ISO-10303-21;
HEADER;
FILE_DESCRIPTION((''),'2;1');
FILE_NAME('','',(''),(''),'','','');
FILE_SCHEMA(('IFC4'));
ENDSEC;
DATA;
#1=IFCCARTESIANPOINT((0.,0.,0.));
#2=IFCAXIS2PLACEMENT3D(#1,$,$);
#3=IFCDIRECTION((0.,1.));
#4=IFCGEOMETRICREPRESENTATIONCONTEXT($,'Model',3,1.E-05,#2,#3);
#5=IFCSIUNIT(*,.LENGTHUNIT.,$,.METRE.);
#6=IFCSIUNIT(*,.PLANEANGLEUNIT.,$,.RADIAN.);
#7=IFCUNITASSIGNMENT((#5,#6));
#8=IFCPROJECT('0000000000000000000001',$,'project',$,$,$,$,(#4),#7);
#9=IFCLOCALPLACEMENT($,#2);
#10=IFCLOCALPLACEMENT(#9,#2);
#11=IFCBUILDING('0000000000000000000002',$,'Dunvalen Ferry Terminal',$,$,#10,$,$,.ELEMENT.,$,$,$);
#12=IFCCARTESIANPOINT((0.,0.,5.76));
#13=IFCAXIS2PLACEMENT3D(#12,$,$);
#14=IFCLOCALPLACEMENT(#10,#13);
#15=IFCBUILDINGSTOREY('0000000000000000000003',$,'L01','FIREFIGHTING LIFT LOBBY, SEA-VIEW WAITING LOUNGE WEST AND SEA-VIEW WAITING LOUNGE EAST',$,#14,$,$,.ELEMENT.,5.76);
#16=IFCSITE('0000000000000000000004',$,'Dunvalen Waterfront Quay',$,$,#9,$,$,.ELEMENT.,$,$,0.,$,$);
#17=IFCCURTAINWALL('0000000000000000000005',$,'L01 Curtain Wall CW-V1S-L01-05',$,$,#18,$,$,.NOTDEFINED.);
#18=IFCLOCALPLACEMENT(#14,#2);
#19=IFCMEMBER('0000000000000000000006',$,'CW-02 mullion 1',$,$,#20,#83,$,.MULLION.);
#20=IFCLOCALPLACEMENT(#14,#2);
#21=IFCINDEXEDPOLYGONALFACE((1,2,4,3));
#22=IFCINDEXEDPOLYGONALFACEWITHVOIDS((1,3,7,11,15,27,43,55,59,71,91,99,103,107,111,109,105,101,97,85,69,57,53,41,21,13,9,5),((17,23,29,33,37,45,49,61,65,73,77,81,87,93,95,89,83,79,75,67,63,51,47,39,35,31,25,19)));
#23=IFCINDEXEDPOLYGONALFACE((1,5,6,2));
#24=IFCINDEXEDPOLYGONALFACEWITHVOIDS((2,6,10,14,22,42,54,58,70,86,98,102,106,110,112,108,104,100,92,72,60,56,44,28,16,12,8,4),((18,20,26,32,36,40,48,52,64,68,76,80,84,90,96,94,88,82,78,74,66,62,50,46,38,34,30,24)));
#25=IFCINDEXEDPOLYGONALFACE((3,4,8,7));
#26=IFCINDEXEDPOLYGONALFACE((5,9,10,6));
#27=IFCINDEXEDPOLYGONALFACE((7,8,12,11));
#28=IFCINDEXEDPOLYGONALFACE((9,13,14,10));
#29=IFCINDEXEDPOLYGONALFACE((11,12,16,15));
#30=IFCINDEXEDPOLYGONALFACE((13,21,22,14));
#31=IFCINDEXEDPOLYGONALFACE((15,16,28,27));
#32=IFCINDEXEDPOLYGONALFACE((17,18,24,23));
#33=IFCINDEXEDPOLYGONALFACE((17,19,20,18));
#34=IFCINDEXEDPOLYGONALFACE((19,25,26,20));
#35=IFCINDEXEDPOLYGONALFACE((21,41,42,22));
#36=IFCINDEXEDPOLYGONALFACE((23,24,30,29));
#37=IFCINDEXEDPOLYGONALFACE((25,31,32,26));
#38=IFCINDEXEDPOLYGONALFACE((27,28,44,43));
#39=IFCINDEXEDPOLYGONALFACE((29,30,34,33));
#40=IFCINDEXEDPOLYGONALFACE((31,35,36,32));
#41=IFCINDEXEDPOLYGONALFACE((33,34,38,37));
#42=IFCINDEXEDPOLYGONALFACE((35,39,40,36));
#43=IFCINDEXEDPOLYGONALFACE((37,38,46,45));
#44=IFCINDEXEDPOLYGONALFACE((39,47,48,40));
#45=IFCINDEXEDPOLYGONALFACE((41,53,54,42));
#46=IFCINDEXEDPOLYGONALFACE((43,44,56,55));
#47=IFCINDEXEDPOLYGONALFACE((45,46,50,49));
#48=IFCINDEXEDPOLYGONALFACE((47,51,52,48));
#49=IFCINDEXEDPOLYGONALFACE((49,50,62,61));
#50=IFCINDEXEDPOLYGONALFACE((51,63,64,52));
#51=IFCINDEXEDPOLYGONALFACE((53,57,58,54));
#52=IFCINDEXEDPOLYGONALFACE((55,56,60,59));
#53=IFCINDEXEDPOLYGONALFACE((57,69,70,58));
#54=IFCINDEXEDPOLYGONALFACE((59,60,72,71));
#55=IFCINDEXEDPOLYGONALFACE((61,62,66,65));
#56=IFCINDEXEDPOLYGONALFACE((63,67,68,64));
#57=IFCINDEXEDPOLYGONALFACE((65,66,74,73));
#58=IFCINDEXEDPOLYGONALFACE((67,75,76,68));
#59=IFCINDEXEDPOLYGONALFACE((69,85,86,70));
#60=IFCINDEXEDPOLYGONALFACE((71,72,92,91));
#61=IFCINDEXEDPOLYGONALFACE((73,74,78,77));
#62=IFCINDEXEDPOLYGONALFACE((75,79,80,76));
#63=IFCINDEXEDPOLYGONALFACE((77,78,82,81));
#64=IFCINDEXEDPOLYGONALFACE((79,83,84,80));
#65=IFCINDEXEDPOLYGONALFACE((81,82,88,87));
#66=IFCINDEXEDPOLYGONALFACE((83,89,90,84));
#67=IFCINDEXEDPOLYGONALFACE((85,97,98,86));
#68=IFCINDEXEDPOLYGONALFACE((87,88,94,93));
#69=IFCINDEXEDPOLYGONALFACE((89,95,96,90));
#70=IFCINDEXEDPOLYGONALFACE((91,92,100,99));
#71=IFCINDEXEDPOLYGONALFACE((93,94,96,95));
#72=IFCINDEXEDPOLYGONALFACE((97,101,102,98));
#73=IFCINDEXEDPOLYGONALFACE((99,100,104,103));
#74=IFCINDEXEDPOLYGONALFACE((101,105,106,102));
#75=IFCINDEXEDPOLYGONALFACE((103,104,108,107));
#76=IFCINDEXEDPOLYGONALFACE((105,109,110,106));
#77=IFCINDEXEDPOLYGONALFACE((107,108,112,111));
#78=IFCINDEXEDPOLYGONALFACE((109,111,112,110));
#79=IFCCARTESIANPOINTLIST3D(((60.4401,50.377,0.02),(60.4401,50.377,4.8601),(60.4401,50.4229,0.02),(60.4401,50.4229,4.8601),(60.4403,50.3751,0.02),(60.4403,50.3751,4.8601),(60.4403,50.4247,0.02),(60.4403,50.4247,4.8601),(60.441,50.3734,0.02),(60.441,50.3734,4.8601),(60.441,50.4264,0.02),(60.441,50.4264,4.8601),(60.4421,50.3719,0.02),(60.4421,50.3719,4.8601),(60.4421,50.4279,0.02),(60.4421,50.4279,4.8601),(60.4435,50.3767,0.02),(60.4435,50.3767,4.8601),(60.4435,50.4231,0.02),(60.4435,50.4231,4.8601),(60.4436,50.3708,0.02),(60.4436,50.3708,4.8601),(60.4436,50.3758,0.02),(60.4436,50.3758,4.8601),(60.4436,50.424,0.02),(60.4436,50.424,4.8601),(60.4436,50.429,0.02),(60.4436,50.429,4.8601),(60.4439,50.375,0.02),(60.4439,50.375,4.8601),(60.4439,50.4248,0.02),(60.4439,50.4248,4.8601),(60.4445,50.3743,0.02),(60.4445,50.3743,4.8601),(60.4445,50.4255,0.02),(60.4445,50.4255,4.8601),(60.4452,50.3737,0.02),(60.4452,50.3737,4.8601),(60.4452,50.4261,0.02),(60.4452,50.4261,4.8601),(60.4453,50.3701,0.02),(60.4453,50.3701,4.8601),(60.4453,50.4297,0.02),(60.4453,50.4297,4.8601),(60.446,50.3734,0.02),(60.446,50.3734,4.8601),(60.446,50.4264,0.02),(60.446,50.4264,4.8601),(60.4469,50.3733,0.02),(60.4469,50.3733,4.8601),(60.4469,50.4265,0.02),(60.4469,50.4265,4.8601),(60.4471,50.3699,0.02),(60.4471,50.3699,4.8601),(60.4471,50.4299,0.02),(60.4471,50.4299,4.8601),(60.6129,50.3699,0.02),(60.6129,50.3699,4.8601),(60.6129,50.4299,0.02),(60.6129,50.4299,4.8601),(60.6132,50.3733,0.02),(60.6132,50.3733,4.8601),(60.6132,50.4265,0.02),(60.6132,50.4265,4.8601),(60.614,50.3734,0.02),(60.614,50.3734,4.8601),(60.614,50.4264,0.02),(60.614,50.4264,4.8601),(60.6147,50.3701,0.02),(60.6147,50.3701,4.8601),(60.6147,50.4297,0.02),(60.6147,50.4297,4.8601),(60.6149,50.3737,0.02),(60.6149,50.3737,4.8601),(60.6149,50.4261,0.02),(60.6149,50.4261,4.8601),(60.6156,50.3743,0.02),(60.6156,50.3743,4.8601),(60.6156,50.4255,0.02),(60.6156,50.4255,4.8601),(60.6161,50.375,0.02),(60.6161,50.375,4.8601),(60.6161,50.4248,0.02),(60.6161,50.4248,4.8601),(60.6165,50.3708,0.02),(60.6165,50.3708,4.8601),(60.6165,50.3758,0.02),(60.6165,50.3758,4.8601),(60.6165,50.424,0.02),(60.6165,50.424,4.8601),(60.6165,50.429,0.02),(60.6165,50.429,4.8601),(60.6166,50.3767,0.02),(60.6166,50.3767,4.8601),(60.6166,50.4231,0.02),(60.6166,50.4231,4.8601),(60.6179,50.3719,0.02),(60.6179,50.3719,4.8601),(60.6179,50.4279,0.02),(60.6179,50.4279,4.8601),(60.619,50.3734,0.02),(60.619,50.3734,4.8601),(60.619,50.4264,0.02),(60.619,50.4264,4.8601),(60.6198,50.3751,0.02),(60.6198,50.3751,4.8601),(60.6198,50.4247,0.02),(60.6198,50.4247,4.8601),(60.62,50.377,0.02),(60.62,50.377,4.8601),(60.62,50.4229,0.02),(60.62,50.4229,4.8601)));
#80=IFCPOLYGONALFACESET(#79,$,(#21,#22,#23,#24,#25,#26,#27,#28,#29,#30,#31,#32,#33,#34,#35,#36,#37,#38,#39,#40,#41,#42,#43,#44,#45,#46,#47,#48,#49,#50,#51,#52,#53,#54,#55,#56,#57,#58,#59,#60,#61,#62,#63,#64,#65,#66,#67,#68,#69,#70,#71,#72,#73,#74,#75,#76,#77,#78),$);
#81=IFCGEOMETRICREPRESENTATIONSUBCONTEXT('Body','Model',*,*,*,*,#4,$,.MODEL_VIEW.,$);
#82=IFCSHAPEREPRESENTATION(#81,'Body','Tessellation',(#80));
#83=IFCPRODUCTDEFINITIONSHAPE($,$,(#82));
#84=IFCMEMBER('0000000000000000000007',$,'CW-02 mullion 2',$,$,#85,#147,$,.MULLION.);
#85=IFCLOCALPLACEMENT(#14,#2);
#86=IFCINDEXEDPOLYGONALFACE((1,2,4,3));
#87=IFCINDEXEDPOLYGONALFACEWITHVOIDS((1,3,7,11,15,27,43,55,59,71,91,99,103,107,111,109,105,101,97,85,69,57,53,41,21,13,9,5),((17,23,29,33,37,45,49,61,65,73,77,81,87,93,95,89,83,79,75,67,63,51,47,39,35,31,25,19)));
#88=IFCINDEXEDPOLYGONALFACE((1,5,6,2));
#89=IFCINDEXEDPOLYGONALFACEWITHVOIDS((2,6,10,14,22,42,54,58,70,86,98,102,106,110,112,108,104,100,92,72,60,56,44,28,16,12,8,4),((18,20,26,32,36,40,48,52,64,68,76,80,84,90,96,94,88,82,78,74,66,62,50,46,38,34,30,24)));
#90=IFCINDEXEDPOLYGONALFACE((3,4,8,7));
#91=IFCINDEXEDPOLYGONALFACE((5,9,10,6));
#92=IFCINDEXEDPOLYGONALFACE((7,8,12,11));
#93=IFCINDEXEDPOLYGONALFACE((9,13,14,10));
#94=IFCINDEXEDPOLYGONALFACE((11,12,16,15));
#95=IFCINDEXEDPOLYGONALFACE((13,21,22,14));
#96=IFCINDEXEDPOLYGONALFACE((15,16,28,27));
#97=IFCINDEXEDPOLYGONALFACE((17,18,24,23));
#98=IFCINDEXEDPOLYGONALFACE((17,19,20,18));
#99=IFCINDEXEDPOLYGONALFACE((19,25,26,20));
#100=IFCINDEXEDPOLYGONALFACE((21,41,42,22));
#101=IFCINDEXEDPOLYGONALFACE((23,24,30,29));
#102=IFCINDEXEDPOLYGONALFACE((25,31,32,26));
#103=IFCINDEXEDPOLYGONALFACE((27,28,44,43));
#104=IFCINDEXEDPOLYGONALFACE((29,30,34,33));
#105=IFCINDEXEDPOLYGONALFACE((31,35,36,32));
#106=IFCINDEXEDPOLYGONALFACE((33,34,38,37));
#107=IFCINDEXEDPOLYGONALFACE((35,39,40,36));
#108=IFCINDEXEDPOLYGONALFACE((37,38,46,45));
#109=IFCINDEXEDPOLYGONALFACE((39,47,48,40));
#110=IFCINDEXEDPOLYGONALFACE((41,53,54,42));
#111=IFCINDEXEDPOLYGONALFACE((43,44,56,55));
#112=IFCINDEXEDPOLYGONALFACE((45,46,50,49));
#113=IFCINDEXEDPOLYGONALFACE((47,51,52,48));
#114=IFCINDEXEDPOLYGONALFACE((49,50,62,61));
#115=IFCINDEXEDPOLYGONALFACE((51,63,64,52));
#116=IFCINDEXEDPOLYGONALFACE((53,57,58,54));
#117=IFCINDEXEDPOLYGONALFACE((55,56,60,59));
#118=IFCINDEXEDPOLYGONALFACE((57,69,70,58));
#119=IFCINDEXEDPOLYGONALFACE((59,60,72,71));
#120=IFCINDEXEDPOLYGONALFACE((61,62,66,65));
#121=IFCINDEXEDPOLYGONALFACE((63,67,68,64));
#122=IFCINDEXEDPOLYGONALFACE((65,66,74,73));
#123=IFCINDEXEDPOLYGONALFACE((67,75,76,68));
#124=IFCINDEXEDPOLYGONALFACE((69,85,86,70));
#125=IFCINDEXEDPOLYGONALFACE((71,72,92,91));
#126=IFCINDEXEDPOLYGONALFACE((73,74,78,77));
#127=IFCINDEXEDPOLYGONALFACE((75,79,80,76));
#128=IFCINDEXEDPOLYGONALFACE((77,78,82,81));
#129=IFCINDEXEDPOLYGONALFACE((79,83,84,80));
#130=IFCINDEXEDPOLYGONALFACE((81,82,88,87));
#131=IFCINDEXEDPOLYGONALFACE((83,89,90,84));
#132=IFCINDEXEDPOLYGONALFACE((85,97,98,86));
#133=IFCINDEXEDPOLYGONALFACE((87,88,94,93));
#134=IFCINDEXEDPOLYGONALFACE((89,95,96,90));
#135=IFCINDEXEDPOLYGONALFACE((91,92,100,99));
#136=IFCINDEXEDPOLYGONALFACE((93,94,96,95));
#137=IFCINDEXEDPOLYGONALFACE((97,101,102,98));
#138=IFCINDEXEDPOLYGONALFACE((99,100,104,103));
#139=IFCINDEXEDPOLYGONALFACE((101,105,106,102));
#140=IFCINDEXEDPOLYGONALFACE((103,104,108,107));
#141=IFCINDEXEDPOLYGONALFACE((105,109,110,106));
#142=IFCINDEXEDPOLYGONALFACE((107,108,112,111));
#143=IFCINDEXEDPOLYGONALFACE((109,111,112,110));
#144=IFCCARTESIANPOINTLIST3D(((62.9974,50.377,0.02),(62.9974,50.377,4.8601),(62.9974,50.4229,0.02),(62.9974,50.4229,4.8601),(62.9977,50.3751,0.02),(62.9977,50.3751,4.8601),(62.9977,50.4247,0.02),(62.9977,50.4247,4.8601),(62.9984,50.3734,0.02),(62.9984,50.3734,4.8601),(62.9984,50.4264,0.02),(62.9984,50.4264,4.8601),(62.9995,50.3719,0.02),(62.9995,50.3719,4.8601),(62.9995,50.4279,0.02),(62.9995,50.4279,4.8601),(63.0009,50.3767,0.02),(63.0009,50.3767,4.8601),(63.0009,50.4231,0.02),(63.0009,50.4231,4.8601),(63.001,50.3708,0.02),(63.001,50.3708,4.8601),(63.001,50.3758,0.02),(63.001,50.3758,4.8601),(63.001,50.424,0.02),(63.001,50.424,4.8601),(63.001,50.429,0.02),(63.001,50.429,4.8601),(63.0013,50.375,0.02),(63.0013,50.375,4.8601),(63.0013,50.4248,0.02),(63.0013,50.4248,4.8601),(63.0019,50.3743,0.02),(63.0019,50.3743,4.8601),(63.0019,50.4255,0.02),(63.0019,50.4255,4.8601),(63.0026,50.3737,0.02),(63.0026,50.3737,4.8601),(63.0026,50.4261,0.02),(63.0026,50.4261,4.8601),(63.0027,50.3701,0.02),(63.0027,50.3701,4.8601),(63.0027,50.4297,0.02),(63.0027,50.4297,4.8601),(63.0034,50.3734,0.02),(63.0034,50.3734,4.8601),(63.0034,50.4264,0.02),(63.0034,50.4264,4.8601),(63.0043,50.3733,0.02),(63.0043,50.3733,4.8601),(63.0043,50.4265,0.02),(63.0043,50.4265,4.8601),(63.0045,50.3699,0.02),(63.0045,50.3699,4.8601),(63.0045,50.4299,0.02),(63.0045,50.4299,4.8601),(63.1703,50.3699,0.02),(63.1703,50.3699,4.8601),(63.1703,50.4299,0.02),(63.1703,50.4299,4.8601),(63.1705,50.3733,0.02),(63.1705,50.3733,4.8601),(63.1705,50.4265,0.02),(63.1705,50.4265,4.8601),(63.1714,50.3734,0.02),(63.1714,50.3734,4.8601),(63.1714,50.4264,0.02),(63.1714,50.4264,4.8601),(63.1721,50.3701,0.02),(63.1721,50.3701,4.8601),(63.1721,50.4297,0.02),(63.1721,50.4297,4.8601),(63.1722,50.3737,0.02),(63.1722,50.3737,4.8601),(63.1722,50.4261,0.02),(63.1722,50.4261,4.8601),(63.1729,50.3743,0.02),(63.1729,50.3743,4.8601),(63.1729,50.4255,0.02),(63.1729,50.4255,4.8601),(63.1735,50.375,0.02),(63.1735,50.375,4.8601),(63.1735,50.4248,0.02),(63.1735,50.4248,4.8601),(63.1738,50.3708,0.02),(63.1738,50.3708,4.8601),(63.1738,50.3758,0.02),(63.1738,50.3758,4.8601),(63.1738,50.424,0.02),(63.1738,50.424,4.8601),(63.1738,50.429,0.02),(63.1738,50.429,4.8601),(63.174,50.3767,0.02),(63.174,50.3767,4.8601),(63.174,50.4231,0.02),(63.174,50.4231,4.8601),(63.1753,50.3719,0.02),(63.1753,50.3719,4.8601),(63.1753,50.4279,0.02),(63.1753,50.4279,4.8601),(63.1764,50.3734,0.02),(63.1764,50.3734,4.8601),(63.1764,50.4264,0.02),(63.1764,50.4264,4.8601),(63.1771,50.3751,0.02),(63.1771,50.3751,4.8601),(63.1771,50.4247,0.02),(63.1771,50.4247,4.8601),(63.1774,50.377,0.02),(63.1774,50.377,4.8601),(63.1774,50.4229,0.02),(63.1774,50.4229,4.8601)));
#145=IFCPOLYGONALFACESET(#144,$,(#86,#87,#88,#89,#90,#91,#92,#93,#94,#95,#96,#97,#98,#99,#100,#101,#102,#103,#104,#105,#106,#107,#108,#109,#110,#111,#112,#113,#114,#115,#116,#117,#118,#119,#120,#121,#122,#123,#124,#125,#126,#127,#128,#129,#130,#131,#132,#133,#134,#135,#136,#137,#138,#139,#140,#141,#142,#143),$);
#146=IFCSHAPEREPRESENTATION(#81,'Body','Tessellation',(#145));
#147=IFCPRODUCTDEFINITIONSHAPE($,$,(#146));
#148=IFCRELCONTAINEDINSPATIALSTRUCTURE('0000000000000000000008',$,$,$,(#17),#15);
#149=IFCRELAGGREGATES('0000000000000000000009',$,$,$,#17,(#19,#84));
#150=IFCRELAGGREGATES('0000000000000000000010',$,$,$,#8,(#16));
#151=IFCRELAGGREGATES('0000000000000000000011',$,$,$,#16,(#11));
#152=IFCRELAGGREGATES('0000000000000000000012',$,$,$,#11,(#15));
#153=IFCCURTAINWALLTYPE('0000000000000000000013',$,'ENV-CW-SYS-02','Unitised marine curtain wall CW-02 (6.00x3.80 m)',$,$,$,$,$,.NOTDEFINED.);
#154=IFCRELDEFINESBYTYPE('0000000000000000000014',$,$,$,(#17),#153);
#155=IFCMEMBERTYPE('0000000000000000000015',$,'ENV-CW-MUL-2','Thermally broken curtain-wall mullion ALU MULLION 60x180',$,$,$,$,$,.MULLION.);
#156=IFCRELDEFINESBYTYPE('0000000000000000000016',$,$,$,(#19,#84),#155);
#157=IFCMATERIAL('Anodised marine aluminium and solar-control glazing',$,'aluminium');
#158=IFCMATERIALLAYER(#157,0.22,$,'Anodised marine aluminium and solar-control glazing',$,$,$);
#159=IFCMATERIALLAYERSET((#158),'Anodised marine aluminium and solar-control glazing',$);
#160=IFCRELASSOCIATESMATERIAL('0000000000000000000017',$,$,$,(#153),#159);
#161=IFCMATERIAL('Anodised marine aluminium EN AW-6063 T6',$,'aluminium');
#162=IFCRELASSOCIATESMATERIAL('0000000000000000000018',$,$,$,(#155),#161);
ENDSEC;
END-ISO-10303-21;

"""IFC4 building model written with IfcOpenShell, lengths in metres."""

from ifc_helpers import new_model, si_unit, direction, frame, origin, origin_2d, place, context, subcontext, project, spatial, hollow_rectangle, extrude, material, layer, layer_set, material_profile, profile_set, type_object, element, aggregate, save


model = new_model("IFC4")

# Units and contexts
model_context = context("Model", 3, precision=1e-05, world=origin(), true_north=direction((0.0, 1.0)))
body_context = subcontext(model_context, "Body", "Model", "MODEL_VIEW")
ifc_project = project(units=[si_unit("LENGTHUNIT", "METRE"), si_unit("PLANEANGLEUNIT", "RADIAN")], contexts=[model_context])

# Site, building, storey
site_placement = place(None, origin())
site = spatial("IfcSite", under=ifc_project, at=site_placement, Name="Dunvalen Waterfront Quay", CompositionType="ELEMENT", RefElevation=0.0)
building_placement = place(site_placement, origin())
building = spatial("IfcBuilding", under=site, at=building_placement, Name="Dunvalen Ferry Terminal", CompositionType="ELEMENT")
storey_placement = place(building_placement, frame((0.0, 0.0, 5.76)))
storey = spatial("IfcBuildingStorey", under=building, at=storey_placement, Name="L01", Description="FIREFIGHTING LIFT LOBBY, SEA-VIEW WAITING LOUNGE WEST AND SEA-VIEW WAITING LOUNGE EAST", CompositionType="ELEMENT", Elevation=5.76)

# Curtain wall, members
ifc_material_1 = material(Name="Anodised marine aluminium and solar-control glazing", Category="aluminium")
ifc_layer_1 = layer(ifc_material_1, 0.22, Name="Anodised marine aluminium and solar-control glazing")
ifc_layer_set_1 = layer_set([ifc_layer_1], Name="Anodised marine aluminium and solar-control glazing")
curtain_wall_type = type_object("IfcCurtainWallType", Name="ENV-CW-SYS-02", Description="Unitised marine curtain wall CW-02 (6.00x3.80 m)", PredefinedType="NOTDEFINED", material=ifc_layer_set_1)
ifc_material_2 = material(Name="Anodised marine aluminium EN AW-6063 T6", Category="aluminium")
ifc_material_profile_1 = material_profile(ifc_material_2, hollow_rectangle(XDim=0.0601, YDim=0.1799, WallThickness=0.0034, InnerFilletRadius=0.0034, OuterFilletRadius=0.0071, at=origin_2d()), Name="Anodised marine aluminium EN AW-6063 T6")
ifc_profile_set_1 = profile_set([ifc_material_profile_1], Name="Anodised marine aluminium EN AW-6063 T6")
member_type_1 = type_object("IfcMemberType", Name="ENV-CW-MUL-2", Description="Thermally broken curtain-wall mullion ALU MULLION 60x180", PredefinedType="MULLION", material=ifc_profile_set_1)
curtain_wall_1_placement = place(storey_placement, origin())
curtain_wall_1 = element("IfcCurtainWall", 1, at=curtain_wall_1_placement, inside=storey, type_object=curtain_wall_type, Name="L01 Curtain Wall CW-V1S-L01-05", PredefinedType="NOTDEFINED")
member_1_placement = place(storey_placement, frame((60.53, 50.3999, 0.02), z_axis=(0.0, 0.0, 1.0), x_axis=(0.0, 1.0, 0.0)))
member_1 = element("IfcMember", 2, at=member_1_placement, type_object=member_type_1, Name="CW-02 mullion 1", PredefinedType="MULLION", context=body_context, shape_type="SweptSolid", body=[
    extrude(hollow_rectangle(XDim=0.0601, YDim=0.1799, WallThickness=0.0034, InnerFilletRadius=0.0034, OuterFilletRadius=0.0071, at=origin_2d()), origin(), (0.0, 0.0, 1.0), 4.8401),
])
member_2_placement = place(storey_placement, frame((63.0874, 50.3999, 0.02), z_axis=(0.0, 0.0, 1.0), x_axis=(0.0, 1.0, 0.0)))
member_2 = element("IfcMember", 3, at=member_2_placement, type_object=member_type_1, Name="CW-02 mullion 2", PredefinedType="MULLION", context=body_context, shape_type="SweptSolid", body=[
    extrude(hollow_rectangle(XDim=0.0601, YDim=0.1799, WallThickness=0.0034, InnerFilletRadius=0.0034, OuterFilletRadius=0.0071, at=origin_2d()), origin(), (0.0, 0.0, 1.0), 4.8401),
])

aggregate(curtain_wall_1, [member_1, member_2])

save(model, "model.ifc")
